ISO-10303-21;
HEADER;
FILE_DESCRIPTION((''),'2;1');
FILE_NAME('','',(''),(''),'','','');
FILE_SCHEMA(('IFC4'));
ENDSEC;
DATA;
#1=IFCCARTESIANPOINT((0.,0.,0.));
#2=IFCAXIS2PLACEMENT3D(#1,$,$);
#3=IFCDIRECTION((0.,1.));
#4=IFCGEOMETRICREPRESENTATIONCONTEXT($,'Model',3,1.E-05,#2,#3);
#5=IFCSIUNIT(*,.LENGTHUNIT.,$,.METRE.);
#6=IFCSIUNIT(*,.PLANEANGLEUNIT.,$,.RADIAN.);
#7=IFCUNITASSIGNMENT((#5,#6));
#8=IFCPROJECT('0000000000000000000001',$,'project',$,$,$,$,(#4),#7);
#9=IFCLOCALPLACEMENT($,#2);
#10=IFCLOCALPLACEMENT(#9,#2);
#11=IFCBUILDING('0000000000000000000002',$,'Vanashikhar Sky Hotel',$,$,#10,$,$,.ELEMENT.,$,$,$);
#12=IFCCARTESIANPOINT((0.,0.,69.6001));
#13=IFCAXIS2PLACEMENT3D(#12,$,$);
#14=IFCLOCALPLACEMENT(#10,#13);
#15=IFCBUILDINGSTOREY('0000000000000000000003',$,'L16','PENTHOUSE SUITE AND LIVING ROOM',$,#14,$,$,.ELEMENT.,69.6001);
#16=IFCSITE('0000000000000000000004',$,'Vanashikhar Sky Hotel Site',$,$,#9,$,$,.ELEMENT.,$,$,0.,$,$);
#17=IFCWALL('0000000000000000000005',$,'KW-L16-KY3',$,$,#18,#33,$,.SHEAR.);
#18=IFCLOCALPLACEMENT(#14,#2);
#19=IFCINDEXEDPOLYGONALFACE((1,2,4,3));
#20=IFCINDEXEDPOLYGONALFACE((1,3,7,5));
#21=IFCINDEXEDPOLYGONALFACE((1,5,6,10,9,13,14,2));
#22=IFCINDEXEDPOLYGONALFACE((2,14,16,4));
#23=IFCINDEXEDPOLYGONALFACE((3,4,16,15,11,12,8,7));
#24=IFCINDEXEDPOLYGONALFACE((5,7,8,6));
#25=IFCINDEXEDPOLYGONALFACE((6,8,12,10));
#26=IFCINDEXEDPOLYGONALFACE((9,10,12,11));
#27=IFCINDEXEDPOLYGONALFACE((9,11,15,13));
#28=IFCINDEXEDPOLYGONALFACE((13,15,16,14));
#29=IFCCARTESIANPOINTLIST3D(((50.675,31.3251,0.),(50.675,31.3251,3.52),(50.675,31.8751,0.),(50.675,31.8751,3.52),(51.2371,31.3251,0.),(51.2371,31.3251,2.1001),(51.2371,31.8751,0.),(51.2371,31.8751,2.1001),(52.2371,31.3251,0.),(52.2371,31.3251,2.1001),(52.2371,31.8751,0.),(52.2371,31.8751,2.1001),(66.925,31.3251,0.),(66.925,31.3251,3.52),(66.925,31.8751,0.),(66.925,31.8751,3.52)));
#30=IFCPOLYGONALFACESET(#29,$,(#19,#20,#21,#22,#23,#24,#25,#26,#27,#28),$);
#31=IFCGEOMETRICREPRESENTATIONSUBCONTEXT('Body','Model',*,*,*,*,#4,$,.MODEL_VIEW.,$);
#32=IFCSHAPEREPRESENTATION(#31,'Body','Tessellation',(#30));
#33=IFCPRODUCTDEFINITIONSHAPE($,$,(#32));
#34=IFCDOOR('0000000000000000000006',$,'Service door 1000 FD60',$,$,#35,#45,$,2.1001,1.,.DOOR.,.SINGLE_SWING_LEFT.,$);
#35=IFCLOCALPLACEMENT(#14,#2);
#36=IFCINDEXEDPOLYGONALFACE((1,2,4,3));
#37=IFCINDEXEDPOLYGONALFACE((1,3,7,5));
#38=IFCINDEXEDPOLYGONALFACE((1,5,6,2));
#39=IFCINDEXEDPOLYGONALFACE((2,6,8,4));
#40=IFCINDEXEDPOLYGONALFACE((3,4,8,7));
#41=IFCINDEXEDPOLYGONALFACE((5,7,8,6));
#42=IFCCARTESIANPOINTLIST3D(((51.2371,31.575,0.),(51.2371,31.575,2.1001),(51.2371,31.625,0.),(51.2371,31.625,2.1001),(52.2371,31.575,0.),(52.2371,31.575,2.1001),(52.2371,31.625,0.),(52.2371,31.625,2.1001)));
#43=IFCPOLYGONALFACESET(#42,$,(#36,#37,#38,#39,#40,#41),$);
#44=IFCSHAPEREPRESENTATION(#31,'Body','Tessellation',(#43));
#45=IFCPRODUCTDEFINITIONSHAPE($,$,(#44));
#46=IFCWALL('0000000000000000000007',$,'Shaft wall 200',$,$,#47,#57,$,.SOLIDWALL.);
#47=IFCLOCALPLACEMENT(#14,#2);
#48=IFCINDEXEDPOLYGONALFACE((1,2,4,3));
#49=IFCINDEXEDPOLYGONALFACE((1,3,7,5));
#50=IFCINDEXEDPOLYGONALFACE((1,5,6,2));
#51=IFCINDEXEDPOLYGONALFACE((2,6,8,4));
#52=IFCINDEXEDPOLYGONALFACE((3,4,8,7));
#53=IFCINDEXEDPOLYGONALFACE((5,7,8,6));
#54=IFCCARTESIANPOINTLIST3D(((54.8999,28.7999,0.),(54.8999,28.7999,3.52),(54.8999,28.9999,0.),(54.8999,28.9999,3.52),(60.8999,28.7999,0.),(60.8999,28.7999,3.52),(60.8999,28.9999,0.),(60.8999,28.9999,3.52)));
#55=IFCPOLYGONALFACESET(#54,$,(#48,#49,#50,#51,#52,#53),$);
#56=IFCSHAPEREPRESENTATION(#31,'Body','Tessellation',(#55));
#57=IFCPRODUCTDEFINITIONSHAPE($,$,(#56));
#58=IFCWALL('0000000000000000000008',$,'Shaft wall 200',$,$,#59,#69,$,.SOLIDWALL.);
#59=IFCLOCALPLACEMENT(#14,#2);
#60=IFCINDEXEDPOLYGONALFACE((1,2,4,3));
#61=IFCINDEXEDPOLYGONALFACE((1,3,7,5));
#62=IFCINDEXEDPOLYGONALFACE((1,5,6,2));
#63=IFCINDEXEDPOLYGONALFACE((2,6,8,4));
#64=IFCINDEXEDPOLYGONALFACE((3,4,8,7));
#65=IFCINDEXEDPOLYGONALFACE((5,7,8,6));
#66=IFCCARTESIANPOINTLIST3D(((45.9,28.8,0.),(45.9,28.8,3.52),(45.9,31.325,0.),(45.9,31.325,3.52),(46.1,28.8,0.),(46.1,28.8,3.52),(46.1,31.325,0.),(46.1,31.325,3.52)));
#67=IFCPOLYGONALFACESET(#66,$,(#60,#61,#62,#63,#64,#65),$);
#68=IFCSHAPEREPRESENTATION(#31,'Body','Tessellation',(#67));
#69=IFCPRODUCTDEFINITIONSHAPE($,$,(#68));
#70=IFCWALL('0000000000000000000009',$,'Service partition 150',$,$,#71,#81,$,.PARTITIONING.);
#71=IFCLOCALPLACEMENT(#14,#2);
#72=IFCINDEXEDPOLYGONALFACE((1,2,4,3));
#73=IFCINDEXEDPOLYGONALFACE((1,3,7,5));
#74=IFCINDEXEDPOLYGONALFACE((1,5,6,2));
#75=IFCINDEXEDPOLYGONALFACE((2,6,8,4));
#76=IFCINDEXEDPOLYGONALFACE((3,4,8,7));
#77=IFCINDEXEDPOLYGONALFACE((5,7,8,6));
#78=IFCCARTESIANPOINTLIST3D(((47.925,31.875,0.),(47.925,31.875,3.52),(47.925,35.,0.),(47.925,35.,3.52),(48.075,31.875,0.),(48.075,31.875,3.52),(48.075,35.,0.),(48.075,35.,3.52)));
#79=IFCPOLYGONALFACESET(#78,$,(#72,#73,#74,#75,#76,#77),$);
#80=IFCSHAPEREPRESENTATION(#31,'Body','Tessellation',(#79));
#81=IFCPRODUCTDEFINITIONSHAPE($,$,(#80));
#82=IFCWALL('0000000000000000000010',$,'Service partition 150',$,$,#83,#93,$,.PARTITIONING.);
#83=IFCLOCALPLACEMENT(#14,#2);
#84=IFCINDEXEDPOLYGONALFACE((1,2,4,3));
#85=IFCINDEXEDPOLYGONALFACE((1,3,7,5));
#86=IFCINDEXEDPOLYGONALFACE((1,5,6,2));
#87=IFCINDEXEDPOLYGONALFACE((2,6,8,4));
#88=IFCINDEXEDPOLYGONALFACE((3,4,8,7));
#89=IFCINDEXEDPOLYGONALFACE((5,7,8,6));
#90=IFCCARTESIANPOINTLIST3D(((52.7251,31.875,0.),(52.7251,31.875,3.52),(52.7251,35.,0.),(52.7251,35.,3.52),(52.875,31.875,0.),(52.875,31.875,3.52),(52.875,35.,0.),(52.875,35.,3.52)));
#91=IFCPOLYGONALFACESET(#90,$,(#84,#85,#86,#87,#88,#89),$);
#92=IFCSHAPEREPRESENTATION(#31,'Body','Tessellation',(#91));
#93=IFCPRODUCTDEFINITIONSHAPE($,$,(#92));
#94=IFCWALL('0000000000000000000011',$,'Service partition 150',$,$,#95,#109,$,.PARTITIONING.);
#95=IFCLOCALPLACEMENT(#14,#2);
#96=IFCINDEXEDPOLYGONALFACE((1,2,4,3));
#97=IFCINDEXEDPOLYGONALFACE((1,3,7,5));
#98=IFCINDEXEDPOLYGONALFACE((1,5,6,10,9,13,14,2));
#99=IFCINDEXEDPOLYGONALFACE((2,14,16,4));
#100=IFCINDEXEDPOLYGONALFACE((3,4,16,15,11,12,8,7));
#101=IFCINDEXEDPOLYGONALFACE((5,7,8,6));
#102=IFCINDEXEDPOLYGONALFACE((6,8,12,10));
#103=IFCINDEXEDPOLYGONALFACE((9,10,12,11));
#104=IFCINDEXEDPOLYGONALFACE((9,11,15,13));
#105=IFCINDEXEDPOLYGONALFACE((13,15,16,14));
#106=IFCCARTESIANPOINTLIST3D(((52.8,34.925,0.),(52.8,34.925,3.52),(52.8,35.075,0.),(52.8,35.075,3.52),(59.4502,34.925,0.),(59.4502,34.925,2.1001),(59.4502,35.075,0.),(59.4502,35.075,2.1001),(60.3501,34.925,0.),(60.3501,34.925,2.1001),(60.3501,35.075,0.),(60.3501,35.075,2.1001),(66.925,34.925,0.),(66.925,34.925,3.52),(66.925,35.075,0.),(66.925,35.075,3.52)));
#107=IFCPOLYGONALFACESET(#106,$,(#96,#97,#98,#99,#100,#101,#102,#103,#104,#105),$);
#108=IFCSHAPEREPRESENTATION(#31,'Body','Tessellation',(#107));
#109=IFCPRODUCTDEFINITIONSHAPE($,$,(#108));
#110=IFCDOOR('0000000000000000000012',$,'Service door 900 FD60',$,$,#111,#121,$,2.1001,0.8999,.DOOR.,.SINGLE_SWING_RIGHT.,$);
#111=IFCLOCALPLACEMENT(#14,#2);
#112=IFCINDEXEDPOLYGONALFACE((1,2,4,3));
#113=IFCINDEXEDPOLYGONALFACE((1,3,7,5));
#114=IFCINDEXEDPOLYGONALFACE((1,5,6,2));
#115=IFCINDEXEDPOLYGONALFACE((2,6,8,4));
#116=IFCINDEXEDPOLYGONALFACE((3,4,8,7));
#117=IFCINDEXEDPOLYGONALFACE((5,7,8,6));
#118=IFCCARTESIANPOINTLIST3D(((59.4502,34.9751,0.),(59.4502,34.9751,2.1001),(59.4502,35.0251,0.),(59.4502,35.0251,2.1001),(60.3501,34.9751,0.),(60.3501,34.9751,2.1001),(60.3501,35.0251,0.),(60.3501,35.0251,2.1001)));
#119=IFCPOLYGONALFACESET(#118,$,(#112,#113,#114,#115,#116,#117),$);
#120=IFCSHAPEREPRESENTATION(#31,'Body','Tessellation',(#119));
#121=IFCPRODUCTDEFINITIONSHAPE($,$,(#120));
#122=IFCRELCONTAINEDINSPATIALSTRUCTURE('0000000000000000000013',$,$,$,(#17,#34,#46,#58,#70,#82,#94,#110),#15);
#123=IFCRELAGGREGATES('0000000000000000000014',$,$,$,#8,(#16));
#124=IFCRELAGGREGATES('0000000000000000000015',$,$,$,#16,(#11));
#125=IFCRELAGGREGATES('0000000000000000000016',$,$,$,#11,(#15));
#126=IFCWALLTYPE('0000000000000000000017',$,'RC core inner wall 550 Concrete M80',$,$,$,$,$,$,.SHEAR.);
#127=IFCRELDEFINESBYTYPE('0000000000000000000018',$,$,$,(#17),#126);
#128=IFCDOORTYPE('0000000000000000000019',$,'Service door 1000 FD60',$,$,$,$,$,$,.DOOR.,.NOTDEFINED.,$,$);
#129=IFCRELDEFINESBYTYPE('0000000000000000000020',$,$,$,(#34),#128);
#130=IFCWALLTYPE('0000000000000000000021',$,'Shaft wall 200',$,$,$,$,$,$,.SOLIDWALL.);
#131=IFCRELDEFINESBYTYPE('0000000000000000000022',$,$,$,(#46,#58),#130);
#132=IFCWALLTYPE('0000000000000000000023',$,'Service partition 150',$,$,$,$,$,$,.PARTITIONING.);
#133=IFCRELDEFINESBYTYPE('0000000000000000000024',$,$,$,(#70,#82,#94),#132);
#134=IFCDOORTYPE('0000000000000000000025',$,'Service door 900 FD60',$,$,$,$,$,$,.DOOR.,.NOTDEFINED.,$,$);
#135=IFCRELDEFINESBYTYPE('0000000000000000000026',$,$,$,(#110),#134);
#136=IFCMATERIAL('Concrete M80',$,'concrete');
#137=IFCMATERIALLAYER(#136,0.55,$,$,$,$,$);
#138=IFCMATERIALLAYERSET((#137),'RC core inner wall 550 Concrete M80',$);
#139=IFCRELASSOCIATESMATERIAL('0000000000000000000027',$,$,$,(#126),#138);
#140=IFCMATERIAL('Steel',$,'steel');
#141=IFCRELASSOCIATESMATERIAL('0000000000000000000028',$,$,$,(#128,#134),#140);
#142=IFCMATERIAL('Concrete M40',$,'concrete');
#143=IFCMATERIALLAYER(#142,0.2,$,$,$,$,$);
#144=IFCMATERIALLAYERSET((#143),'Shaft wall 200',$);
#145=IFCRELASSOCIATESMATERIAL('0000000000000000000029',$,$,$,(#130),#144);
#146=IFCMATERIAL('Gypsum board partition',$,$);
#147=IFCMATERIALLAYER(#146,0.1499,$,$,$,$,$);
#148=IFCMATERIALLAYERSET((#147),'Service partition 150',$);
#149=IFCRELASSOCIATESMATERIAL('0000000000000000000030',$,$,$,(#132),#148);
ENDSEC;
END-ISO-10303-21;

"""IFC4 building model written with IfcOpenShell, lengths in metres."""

from ifc_helpers import new_model, si_unit, direction, frame, frame_2d, origin, place, context, subcontext, project, spatial, rectangle, extrude, source, transform, mapped, material, layer, layer_set, type_object, element, fill, save


model = new_model("IFC4")

# Units and contexts
model_context = context("Model", 3, precision=1e-05, world=origin(), true_north=direction((0.0, 1.0)))
body_context = subcontext(model_context, "Body", "Model", "MODEL_VIEW")
ifc_project = project(units=[si_unit("LENGTHUNIT", "METRE"), si_unit("PLANEANGLEUNIT", "RADIAN")], contexts=[model_context])

# Site, building, storey
site_placement = place(None, origin())
site = spatial("IfcSite", under=ifc_project, at=site_placement, Name="Vanashikhar Sky Hotel Site", CompositionType="ELEMENT", RefElevation=0.0)
building_placement = place(site_placement, origin())
building = spatial("IfcBuilding", under=site, at=building_placement, Name="Vanashikhar Sky Hotel", CompositionType="ELEMENT")
storey_placement = place(building_placement, frame((0.0, 0.0, 69.6001)))
storey = spatial("IfcBuildingStorey", under=building, at=storey_placement, Name="L16", Description="PENTHOUSE SUITE AND LIVING ROOM", CompositionType="ELEMENT", Elevation=69.6001)

# Wall, opening, door
ifc_material_1 = material(Name="Concrete M80", Category="concrete")
ifc_layer_1 = layer(ifc_material_1, 0.55)
ifc_layer_set_1 = layer_set([ifc_layer_1], Name="RC core inner wall 550 Concrete M80")
wall_type_1 = type_object("IfcWallType", Name="RC core inner wall 550 Concrete M80", PredefinedType="SHEAR", material=ifc_layer_set_1)
shared_shape_1 = source(origin(), body_context, "Body", "SweptSolid", [
    extrude(rectangle(XDim=16.25, YDim=0.55, at=frame_2d((8.125, 0.0))), origin(), (0.0, 0.0, 1.0), 3.52),
])
wall_1_placement = place(storey_placement, frame((50.675, 31.6001, 0.0), z_axis=(0.0, 0.0, 1.0), x_axis=(1.0, 0.0, 0.0)))
wall_1 = element("IfcWall", 1, at=wall_1_placement, inside=storey, type_object=wall_type_1, Name="KW-L16-KY3", PredefinedType="SHEAR", context=body_context, shape_type="MappedRepresentation", body=[
    mapped(shared_shape_1, transform((0.0, 0.0, 0.0), scale=1.0)),
])
shared_shape_2 = source(origin(), body_context, "Body", "SweptSolid", [
    extrude(rectangle(XDim=1.0, YDim=2.1001, at=frame_2d((0.5, 1.05))), frame((0.0, 0.2852, 0.0), z_axis=(0.0, -1.0, 0.0), x_axis=(1.0, 0.0, 0.0)), (0.0, 0.0, 1.0), 0.5701),
])
opening_1_placement = place(wall_1_placement, frame((0.562, 0.0, 0.0)))
opening_1 = element("IfcOpeningElement", 2, at=opening_1_placement, cuts=wall_1, PredefinedType="OPENING", context=body_context, shape_type="MappedRepresentation", body=[
    mapped(shared_shape_2, transform((0.0, 0.0, 0.0), scale=1.0)),
])
ifc_material_2 = material(Name="Steel", Category="steel")
door_type_1 = type_object("IfcDoorType", Name="Service door 1000 FD60", OperationType="NOTDEFINED", PredefinedType="DOOR", material=ifc_material_2)
shared_shape_3 = source(origin(), body_context, "Body", "SweptSolid", [
    extrude(rectangle(XDim=1.0, YDim=2.1001, at=frame_2d((0.5, 1.05))), frame((0.0, 0.0249, 0.0), z_axis=(0.0, -1.0, 0.0), x_axis=(1.0, 0.0, 0.0)), (0.0, 0.0, 1.0), 0.05),
])
door_1_placement = place(opening_1_placement, origin())
door_1 = element("IfcDoor", 3, at=door_1_placement, inside=storey, type_object=door_type_1, Name="Service door 1000 FD60", OperationType="SINGLE_SWING_LEFT", OverallHeight=2.1001, OverallWidth=1.0, PredefinedType="DOOR", context=body_context, shape_type="MappedRepresentation", body=[
    mapped(shared_shape_3, transform((0.0, 0.0, 0.0), scale=1.0)),
])
fill(opening_1, door_1)

# Walls
ifc_material_3 = material(Name="Concrete M40", Category="concrete")
ifc_layer_2 = layer(ifc_material_3, 0.2)
ifc_layer_set_2 = layer_set([ifc_layer_2], Name="Shaft wall 200")
wall_type_2 = type_object("IfcWallType", Name="Shaft wall 200", PredefinedType="SOLIDWALL", material=ifc_layer_set_2)
shared_shape_4 = source(origin(), body_context, "Body", "SweptSolid", [
    extrude(rectangle(XDim=6.0, YDim=0.2, at=frame_2d((3.0, 0.0))), origin(), (0.0, 0.0, 1.0), 3.52),
])
wall_2_placement = place(storey_placement, frame((60.8999, 28.8999, 0.0), z_axis=(0.0, 0.0, 1.0), x_axis=(-1.0, 0.0, 0.0)))
element("IfcWall", 4, at=wall_2_placement, inside=storey, type_object=wall_type_2, Name="Shaft wall 200", PredefinedType="SOLIDWALL", context=body_context, shape_type="MappedRepresentation", body=[
    mapped(shared_shape_4, transform((0.0, 0.0, 0.0), scale=1.0)),
])
shared_shape_5 = source(origin(), body_context, "Body", "SweptSolid", [
    extrude(rectangle(XDim=2.5249, YDim=0.2, at=frame_2d((1.2625, 0.0))), origin(), (0.0, 0.0, 1.0), 3.52),
])
wall_3_placement = place(storey_placement, frame((46.0, 28.8, 0.0), z_axis=(0.0, 0.0, 1.0), x_axis=(0.0, 1.0, 0.0)))
element("IfcWall", 5, at=wall_3_placement, inside=storey, type_object=wall_type_2, Name="Shaft wall 200", PredefinedType="SOLIDWALL", context=body_context, shape_type="MappedRepresentation", body=[
    mapped(shared_shape_5, transform((0.0, 0.0, 0.0), scale=1.0)),
])
ifc_material_4 = material(Name="Gypsum board partition")
ifc_layer_3 = layer(ifc_material_4, 0.1499)
ifc_layer_set_3 = layer_set([ifc_layer_3], Name="Service partition 150")
wall_type_3 = type_object("IfcWallType", Name="Service partition 150", PredefinedType="PARTITIONING", material=ifc_layer_set_3)
shared_shape_6 = source(origin(), body_context, "Body", "SweptSolid", [
    extrude(rectangle(XDim=3.125, YDim=0.1499, at=frame_2d((1.5625, 0.0))), origin(), (0.0, 0.0, 1.0), 3.52),
])
for number, where, z_axis, x_axis, name in (
    (6, (48.0, 31.875, 0.0), (0.0, 0.0, 1.0), (0.0, 1.0, 0.0), "Service partition 150"),
    (7, (52.8, 31.875, 0.0), (0.0, 0.0, 1.0), (0.0, 1.0, 0.0), "Service partition 150"),
):
    element("IfcWall", number, at=place(storey_placement, frame(where, z_axis=z_axis, x_axis=x_axis)), inside=storey, type_object=wall_type_3, Name=name, PredefinedType="PARTITIONING", context=body_context, shape_type="MappedRepresentation", body=[
        mapped(shared_shape_6, transform((0.0, 0.0, 0.0), scale=1.0)),
    ])

# Wall, opening, door
shared_shape_7 = source(origin(), body_context, "Body", "SweptSolid", [
    extrude(rectangle(XDim=14.125, YDim=0.1499, at=frame_2d((7.0625, 0.0))), origin(), (0.0, 0.0, 1.0), 3.52),
])
wall_4_placement = place(storey_placement, frame((66.925, 35.0, 0.0), z_axis=(0.0, 0.0, 1.0), x_axis=(-1.0, 0.0, 0.0)))
wall_4 = element("IfcWall", 8, at=wall_4_placement, inside=storey, type_object=wall_type_3, Name="Service partition 150", PredefinedType="PARTITIONING", context=body_context, shape_type="MappedRepresentation", body=[
    mapped(shared_shape_7, transform((0.0, 0.0, 0.0), scale=1.0)),
])
shared_shape_8 = source(origin(), body_context, "Body", "SweptSolid", [
    extrude(rectangle(XDim=0.8999, YDim=2.1001, at=frame_2d((0.45, 1.05))), frame((0.0, 0.085, 0.0), z_axis=(0.0, -1.0, 0.0), x_axis=(1.0, 0.0, 0.0)), (0.0, 0.0, 1.0), 0.1699),
])
opening_2_placement = place(wall_4_placement, frame((6.575, 0.0, 0.0)))
opening_2 = element("IfcOpeningElement", 9, at=opening_2_placement, cuts=wall_4, PredefinedType="OPENING", context=body_context, shape_type="MappedRepresentation", body=[
    mapped(shared_shape_8, transform((0.0, 0.0, 0.0), scale=1.0)),
])
door_type_2 = type_object("IfcDoorType", Name="Service door 900 FD60", OperationType="NOTDEFINED", PredefinedType="DOOR", material=ifc_material_2)
shared_shape_9 = source(origin(), body_context, "Body", "SweptSolid", [
    extrude(rectangle(XDim=0.8999, YDim=2.1001, at=frame_2d((0.45, 1.05))), frame((0.0, 0.0249, 0.0), z_axis=(0.0, -1.0, 0.0), x_axis=(1.0, 0.0, 0.0)), (0.0, 0.0, 1.0), 0.05),
])
door_2_placement = place(opening_2_placement, origin())
door_2 = element("IfcDoor", 10, at=door_2_placement, inside=storey, type_object=door_type_2, Name="Service door 900 FD60", OperationType="SINGLE_SWING_RIGHT", OverallHeight=2.1001, OverallWidth=0.8999, PredefinedType="DOOR", context=body_context, shape_type="MappedRepresentation", body=[
    mapped(shared_shape_9, transform((0.0, 0.0, 0.0), scale=1.0)),
])
fill(opening_2, door_2)

save(model, "model.ifc")
